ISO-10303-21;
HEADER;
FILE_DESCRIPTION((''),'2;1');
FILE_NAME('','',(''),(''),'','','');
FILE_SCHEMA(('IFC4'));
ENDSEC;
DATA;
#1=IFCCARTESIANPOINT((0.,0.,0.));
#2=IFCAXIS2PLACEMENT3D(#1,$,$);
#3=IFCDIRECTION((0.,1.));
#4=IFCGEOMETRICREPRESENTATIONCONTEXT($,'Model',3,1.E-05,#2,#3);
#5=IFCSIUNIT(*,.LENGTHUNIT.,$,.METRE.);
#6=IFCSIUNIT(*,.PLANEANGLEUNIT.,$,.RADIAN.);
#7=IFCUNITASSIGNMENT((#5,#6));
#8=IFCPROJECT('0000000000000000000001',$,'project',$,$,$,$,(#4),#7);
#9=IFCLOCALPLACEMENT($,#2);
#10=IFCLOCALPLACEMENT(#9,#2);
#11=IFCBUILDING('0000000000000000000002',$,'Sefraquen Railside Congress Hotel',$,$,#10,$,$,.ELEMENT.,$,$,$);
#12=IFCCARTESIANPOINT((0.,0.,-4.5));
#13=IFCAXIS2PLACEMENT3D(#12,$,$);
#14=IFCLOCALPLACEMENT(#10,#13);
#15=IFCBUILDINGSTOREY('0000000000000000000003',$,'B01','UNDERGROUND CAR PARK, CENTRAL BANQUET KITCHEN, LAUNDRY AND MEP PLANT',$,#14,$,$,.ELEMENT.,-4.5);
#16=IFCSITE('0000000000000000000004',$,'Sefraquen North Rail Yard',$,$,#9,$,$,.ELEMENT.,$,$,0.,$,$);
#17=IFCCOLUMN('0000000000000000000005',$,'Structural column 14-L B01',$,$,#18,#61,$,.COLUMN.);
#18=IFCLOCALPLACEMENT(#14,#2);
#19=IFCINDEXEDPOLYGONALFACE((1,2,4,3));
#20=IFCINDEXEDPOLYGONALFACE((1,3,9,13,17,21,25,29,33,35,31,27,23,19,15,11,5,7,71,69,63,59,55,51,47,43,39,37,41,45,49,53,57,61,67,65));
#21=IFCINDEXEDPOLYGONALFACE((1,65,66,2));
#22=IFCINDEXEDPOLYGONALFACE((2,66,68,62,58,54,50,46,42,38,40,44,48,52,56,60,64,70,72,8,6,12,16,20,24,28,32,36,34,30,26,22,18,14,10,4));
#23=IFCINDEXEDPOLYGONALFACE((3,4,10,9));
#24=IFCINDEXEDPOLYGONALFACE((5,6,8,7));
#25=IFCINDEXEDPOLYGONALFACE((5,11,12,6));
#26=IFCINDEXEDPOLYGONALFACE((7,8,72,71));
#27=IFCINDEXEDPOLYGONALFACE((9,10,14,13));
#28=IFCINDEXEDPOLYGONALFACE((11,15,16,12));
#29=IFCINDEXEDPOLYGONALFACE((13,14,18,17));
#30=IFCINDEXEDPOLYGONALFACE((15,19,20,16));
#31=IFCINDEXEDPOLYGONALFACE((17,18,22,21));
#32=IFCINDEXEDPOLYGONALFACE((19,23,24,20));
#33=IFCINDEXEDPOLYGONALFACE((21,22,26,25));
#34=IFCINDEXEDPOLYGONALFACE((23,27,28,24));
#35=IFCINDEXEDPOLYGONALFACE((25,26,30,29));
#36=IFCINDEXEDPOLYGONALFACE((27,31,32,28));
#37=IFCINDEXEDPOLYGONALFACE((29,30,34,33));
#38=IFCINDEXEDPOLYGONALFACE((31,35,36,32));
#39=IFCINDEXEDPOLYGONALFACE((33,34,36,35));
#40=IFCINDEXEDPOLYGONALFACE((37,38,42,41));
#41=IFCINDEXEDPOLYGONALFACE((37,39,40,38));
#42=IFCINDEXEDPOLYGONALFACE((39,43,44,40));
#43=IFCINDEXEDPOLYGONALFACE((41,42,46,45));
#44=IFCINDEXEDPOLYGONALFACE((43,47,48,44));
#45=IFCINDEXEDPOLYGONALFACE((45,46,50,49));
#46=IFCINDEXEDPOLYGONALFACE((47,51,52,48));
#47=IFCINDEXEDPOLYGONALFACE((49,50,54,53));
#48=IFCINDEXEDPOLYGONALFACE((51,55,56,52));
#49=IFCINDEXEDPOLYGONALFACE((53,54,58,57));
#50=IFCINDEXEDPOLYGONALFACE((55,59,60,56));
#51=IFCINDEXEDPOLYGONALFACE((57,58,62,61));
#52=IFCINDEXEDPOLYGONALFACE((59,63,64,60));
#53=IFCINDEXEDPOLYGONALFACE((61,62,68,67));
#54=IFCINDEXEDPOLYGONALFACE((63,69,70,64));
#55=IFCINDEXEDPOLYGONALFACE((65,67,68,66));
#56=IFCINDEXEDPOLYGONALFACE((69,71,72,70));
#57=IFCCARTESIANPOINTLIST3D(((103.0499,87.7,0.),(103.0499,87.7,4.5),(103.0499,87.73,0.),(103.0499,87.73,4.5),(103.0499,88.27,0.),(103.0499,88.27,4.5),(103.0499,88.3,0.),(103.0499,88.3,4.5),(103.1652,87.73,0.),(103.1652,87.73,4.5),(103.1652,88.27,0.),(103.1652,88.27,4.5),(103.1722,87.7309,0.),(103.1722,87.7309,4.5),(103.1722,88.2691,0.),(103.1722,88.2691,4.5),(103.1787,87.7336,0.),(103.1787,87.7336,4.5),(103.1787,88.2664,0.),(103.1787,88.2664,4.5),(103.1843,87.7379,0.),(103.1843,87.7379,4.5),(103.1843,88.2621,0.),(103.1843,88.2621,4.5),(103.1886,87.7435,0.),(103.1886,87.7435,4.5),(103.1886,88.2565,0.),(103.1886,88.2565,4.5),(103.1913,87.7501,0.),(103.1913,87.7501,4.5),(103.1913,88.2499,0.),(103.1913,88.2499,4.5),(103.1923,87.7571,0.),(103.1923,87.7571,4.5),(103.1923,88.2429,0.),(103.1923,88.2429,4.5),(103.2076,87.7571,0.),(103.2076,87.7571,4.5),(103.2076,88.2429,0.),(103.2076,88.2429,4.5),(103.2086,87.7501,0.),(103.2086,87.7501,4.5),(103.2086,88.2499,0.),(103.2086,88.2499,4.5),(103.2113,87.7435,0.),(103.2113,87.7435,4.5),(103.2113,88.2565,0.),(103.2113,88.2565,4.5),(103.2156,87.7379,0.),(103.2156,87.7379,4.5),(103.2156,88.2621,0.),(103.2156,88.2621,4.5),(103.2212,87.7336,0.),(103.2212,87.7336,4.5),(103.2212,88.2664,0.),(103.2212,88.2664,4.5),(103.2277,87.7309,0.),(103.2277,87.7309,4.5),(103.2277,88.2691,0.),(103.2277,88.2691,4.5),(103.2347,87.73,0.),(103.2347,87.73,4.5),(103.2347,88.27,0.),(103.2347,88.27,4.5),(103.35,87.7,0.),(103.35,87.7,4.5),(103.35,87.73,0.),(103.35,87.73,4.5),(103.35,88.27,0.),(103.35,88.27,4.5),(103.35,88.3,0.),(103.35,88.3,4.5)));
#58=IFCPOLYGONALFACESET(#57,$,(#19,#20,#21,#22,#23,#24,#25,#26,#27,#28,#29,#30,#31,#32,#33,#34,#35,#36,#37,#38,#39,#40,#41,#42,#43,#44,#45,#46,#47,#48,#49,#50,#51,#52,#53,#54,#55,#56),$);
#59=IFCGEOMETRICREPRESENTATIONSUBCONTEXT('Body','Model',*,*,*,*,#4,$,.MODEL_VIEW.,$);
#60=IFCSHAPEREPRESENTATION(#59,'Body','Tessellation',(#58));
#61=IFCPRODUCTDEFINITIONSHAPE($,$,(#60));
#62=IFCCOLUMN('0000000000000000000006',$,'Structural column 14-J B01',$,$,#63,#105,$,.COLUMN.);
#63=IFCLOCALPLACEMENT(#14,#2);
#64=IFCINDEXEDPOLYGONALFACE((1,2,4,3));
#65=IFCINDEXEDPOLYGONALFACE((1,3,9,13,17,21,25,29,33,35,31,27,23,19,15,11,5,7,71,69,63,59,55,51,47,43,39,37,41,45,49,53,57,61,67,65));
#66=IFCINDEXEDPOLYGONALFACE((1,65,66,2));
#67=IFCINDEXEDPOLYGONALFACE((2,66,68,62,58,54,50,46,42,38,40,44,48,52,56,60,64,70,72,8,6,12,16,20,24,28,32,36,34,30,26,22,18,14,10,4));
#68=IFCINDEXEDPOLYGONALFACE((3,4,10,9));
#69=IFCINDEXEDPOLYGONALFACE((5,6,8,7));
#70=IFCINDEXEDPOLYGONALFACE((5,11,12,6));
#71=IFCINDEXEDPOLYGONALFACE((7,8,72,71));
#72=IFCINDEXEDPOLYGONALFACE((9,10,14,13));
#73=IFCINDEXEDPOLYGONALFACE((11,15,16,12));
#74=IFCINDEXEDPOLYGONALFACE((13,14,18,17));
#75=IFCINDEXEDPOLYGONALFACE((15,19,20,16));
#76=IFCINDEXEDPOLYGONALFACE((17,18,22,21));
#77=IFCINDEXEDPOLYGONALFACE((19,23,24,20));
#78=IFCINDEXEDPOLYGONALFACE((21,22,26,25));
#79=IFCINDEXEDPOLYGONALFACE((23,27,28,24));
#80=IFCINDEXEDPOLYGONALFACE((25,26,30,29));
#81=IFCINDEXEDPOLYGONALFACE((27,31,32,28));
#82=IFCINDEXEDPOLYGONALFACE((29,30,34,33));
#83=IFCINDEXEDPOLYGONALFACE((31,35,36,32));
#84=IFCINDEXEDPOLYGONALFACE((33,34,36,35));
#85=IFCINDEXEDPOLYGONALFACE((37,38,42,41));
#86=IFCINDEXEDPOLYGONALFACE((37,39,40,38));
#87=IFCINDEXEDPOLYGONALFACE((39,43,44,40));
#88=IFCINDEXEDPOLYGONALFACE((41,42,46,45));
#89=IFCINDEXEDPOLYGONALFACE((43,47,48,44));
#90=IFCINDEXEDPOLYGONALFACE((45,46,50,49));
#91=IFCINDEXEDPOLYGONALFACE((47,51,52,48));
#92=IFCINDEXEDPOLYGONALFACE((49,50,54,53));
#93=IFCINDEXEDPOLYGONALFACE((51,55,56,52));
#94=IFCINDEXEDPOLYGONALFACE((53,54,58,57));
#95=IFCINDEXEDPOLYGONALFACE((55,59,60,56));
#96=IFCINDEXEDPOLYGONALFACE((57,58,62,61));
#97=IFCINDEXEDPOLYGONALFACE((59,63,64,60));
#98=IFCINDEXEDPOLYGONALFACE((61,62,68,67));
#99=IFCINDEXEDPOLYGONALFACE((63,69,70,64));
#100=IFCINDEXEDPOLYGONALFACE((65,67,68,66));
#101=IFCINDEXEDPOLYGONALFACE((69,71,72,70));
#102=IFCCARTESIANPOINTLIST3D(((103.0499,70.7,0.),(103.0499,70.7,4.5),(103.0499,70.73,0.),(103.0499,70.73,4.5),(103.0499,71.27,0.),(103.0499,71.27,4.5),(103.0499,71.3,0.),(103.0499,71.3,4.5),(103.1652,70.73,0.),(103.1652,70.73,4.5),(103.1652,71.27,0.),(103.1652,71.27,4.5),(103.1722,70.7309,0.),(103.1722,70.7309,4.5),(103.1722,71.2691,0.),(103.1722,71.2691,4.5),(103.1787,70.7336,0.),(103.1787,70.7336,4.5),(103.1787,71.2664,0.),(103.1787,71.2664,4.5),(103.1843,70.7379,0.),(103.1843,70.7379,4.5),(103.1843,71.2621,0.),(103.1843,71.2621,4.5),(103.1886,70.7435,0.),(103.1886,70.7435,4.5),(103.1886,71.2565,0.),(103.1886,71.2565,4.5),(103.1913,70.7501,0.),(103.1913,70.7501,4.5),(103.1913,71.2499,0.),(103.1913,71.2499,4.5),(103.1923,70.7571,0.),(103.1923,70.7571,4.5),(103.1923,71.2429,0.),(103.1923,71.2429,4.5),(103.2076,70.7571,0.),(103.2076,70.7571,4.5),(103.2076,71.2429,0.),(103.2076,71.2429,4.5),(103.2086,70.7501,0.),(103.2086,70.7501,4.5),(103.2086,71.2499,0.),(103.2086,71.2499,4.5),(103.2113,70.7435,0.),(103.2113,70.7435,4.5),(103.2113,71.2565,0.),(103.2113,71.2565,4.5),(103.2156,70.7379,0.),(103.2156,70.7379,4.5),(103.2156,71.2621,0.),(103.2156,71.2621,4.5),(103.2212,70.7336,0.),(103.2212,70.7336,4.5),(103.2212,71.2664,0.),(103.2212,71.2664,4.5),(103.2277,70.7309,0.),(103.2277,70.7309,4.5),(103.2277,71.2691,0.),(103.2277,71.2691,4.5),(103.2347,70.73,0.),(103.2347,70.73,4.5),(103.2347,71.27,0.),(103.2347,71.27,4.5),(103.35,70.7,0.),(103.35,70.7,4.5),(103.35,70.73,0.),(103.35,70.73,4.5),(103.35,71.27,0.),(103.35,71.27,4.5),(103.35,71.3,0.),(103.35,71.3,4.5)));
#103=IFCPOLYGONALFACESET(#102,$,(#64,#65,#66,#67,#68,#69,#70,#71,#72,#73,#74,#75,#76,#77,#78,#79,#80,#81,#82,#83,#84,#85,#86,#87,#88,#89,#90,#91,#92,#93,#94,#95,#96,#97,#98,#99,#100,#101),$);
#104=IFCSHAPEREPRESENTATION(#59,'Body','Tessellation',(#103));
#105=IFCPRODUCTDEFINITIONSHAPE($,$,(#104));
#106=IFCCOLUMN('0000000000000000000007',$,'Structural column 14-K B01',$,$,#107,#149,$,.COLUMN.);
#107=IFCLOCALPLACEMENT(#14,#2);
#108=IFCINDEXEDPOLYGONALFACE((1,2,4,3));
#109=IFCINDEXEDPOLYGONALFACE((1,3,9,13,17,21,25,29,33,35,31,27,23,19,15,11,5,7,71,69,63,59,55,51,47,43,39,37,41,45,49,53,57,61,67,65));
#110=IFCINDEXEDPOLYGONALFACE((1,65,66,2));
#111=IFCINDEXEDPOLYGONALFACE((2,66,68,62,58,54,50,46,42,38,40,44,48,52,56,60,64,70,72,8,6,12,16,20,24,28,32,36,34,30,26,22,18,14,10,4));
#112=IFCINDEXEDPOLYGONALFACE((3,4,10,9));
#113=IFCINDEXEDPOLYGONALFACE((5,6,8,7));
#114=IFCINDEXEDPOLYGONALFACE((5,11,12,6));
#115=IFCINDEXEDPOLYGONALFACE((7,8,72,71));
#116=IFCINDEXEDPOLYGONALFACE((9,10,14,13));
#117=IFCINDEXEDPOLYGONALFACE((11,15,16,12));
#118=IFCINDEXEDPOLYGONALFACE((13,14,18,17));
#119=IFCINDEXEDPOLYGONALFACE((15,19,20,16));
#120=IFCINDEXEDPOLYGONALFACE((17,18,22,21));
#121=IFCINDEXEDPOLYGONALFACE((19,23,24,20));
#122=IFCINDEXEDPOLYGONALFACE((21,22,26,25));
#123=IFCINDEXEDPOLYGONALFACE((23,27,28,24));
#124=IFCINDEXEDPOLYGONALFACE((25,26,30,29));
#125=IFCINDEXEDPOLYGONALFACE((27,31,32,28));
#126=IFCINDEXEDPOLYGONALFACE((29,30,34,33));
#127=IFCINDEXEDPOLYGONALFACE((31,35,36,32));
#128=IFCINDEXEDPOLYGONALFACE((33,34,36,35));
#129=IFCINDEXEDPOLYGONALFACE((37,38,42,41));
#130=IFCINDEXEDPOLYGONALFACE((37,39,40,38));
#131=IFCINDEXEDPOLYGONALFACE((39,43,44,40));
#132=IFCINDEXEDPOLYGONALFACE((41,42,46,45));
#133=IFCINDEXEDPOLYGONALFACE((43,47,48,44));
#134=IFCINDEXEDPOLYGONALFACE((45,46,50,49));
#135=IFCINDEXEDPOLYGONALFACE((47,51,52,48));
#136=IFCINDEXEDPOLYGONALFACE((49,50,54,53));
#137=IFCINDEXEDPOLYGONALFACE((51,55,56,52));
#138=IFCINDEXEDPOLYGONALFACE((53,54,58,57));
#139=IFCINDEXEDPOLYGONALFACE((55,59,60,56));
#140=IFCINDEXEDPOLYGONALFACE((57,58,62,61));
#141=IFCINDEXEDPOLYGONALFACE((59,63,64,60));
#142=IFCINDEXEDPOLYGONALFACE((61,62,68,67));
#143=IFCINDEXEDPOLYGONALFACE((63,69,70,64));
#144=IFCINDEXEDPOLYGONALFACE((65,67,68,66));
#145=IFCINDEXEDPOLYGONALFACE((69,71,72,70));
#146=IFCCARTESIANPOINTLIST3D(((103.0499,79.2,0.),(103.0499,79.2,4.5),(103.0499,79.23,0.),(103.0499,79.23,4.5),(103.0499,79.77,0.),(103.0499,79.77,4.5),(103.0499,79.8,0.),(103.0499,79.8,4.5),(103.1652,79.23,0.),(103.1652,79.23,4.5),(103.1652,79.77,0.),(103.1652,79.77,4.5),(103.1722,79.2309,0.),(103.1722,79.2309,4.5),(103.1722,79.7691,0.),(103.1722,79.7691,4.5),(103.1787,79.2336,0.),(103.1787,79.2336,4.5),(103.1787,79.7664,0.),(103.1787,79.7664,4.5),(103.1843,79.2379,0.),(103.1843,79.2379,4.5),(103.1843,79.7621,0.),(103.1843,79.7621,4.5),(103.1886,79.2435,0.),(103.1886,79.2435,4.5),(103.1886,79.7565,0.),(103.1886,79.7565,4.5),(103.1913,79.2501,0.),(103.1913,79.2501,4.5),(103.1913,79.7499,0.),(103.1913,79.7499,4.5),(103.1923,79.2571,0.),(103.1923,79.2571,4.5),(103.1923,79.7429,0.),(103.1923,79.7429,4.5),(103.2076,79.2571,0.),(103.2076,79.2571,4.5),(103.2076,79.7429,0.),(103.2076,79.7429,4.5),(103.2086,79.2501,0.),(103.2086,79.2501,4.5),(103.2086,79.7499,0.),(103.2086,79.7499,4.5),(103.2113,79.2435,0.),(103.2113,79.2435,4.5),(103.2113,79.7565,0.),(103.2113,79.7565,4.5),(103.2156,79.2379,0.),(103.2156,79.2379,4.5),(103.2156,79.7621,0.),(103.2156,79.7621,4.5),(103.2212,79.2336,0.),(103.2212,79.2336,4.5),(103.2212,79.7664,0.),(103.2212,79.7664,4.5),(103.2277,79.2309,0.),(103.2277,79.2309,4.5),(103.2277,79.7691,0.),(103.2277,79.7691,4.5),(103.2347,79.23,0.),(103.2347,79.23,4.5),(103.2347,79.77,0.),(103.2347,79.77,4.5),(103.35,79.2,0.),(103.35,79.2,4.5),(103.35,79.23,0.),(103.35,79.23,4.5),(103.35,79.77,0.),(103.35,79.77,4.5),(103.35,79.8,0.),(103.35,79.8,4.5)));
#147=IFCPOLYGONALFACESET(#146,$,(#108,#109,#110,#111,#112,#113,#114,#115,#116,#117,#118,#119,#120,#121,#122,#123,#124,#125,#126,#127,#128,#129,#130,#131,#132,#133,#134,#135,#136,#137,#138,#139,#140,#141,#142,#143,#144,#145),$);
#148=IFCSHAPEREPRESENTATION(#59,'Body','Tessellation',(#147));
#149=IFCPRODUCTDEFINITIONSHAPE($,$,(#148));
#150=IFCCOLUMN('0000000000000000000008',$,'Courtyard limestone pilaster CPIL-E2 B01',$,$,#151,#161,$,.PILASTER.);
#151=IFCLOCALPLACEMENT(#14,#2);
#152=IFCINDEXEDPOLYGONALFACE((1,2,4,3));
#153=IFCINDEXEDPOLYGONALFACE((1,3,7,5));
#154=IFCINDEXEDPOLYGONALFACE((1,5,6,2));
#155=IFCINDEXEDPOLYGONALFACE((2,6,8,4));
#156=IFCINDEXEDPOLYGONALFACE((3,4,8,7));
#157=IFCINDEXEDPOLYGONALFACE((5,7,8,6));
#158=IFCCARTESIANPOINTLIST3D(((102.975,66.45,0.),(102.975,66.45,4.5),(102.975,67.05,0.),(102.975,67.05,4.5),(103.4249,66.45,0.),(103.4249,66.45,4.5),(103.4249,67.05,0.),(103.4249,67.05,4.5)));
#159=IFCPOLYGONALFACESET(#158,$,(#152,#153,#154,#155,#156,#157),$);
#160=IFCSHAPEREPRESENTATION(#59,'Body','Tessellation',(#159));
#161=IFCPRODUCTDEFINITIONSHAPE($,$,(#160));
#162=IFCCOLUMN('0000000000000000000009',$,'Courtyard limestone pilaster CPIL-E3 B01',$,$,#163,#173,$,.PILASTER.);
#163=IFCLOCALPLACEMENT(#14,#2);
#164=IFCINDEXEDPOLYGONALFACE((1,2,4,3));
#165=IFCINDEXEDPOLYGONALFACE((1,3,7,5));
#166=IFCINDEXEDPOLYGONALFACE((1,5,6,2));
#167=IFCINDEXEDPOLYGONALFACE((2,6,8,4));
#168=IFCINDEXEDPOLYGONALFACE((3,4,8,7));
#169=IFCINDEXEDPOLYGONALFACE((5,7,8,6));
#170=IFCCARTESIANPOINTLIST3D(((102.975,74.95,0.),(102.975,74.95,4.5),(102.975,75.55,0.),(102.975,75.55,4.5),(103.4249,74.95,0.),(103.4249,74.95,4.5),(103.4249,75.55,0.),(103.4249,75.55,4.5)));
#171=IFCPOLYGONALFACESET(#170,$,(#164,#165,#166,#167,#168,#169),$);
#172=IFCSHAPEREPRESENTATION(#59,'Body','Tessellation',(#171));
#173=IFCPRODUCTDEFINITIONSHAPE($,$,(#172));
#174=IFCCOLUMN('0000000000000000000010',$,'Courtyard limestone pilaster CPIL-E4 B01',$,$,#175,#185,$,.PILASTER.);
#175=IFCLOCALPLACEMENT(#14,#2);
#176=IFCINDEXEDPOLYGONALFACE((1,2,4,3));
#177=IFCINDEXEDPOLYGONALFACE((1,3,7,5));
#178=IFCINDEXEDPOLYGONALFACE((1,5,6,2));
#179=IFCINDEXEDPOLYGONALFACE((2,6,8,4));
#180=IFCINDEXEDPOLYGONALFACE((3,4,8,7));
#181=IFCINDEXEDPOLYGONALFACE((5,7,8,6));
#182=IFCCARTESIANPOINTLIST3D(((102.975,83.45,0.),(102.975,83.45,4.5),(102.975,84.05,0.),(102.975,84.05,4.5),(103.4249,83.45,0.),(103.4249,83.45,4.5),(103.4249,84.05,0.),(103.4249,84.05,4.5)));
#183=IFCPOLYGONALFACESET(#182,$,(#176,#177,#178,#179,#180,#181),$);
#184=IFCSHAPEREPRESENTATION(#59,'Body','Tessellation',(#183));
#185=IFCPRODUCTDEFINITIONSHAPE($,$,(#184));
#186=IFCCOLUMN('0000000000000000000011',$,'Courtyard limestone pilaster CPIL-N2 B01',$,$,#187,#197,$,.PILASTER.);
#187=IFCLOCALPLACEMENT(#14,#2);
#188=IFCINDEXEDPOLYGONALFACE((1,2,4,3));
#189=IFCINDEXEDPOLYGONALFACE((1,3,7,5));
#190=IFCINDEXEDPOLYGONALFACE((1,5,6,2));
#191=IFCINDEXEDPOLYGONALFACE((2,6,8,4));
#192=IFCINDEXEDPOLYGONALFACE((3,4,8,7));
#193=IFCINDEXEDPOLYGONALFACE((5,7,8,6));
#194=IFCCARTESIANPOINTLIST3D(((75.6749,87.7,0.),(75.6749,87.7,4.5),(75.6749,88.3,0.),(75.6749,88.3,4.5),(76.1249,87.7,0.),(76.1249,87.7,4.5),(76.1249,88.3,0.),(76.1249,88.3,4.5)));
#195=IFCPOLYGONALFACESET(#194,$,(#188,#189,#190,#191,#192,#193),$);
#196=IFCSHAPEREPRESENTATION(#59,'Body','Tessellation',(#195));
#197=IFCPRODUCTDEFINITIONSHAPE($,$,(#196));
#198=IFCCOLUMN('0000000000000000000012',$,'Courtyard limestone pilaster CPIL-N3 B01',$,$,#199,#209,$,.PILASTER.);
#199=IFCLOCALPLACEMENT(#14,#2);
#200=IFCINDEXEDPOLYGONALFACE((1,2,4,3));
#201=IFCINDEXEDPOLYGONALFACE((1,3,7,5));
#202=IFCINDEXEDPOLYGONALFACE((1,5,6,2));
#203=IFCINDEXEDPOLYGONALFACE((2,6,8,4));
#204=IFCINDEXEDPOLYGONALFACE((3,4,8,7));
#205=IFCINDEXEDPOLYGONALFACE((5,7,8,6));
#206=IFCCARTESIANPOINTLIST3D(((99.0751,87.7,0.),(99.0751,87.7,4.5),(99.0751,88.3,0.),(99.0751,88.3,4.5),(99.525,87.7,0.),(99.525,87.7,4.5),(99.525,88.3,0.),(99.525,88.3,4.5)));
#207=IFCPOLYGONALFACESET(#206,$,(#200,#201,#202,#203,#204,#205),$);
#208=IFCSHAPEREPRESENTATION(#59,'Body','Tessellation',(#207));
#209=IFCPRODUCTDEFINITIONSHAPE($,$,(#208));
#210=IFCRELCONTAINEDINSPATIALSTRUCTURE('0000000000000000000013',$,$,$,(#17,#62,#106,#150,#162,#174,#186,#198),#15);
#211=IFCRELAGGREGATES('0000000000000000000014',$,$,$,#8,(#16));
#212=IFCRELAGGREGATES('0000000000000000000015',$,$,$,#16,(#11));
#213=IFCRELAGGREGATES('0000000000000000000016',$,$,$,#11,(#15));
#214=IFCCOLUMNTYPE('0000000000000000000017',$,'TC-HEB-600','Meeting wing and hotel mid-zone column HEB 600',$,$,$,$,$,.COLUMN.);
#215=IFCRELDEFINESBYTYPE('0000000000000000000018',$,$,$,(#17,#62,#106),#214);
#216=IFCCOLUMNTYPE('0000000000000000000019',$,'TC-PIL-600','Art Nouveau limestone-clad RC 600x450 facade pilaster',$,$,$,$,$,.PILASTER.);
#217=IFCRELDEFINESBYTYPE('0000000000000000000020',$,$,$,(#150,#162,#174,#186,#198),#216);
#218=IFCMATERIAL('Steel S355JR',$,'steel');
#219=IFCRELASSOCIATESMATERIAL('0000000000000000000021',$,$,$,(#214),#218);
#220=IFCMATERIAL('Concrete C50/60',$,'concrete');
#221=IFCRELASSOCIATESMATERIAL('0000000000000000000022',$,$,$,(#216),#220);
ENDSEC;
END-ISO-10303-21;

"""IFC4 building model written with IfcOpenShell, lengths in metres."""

from ifc_helpers import new_model, si_unit, direction, frame, origin, origin_2d, place, context, subcontext, project, spatial, rectangle, i_section, extrude, material, material_profile, profile_set, type_object, element, save


model = new_model("IFC4")

# Units and contexts
model_context = context("Model", 3, precision=1e-05, world=origin(), true_north=direction((0.0, 1.0)))
body_context = subcontext(model_context, "Body", "Model", "MODEL_VIEW")
ifc_project = project(units=[si_unit("LENGTHUNIT", "METRE"), si_unit("PLANEANGLEUNIT", "RADIAN")], contexts=[model_context])

# Site, building, storey
site_placement = place(None, origin())
site = spatial("IfcSite", under=ifc_project, at=site_placement, Name="Sefraquen North Rail Yard", CompositionType="ELEMENT", RefElevation=0.0)
building_placement = place(site_placement, origin())
building = spatial("IfcBuilding", under=site, at=building_placement, Name="Sefraquen Railside Congress Hotel", CompositionType="ELEMENT")
storey_placement = place(building_placement, frame((0.0, 0.0, -4.5)))
storey = spatial("IfcBuildingStorey", under=building, at=storey_placement, Name="B01", Description="UNDERGROUND CAR PARK, CENTRAL BANQUET KITCHEN, LAUNDRY AND MEP PLANT", CompositionType="ELEMENT", Elevation=-4.5)

# Columns
ifc_material_1 = material(Name="Steel S355JR", Category="steel")
ifc_material_profile_1 = material_profile(ifc_material_1, i_section(OverallWidth=0.3, OverallDepth=0.6001, WebThickness=0.0154, FlangeThickness=0.03, FilletRadius=0.0271, at=origin_2d()), Name="HEB 600")
ifc_profile_set_1 = profile_set([ifc_material_profile_1], Name="Steel S355JR")
column_type_1 = type_object("IfcColumnType", Name="TC-HEB-600", Description="Meeting wing and hotel mid-zone column HEB 600", PredefinedType="COLUMN", material=ifc_profile_set_1)
for number, where, z_axis, x_axis, name in (
    (1, (103.2, 88.0, 0.0), (0.0, 0.0, 1.0), (1.0, 0.0, 0.0), "Structural column 14-L B01"),
    (2, (103.2, 71.0, 0.0), (0.0, 0.0, 1.0), (1.0, 0.0, 0.0), "Structural column 14-J B01"),
    (3, (103.2, 79.5, 0.0), (0.0, 0.0, 1.0), (1.0, 0.0, 0.0), "Structural column 14-K B01"),
):
    element("IfcColumn", number, at=place(storey_placement, frame(where, z_axis=z_axis, x_axis=x_axis)), inside=storey, type_object=column_type_1, Name=name, PredefinedType="COLUMN", context=body_context, shape_type="SweptSolid", body=[
        extrude(i_section(OverallWidth=0.3, OverallDepth=0.6001, WebThickness=0.0154, FlangeThickness=0.03, FilletRadius=0.0271, at=origin_2d()), origin(), (0.0, 0.0, 1.0), 4.5),
    ])
ifc_material_2 = material(Name="Concrete C50/60", Category="concrete")
ifc_material_profile_2 = material_profile(ifc_material_2, rectangle(XDim=0.45, YDim=0.6001, at=origin_2d()), Name="RC 600x450")
ifc_profile_set_2 = profile_set([ifc_material_profile_2], Name="Concrete C50/60")
column_type_2 = type_object("IfcColumnType", Name="TC-PIL-600", Description="Art Nouveau limestone-clad RC 600x450 facade pilaster", PredefinedType="PILASTER", material=ifc_profile_set_2)
for number, where, z_axis, x_axis, name in (
    (4, (103.2, 66.75, 0.0), (0.0, 0.0, 1.0), (1.0, 0.0, 0.0), "Courtyard limestone pilaster CPIL-E2 B01"),
    (5, (103.2, 75.25, 0.0), (0.0, 0.0, 1.0), (1.0, 0.0, 0.0), "Courtyard limestone pilaster CPIL-E3 B01"),
    (6, (103.2, 83.75, 0.0), (0.0, 0.0, 1.0), (1.0, 0.0, 0.0), "Courtyard limestone pilaster CPIL-E4 B01"),
    (7, (75.8999, 88.0, 0.0), (0.0, 0.0, 1.0), (1.0, 0.0, 0.0), "Courtyard limestone pilaster CPIL-N2 B01"),
    (8, (99.3, 88.0, 0.0), (0.0, 0.0, 1.0), (1.0, 0.0, 0.0), "Courtyard limestone pilaster CPIL-N3 B01"),
):
    element("IfcColumn", number, at=place(storey_placement, frame(where, z_axis=z_axis, x_axis=x_axis)), inside=storey, type_object=column_type_2, Name=name, PredefinedType="PILASTER", context=body_context, shape_type="SweptSolid", body=[
        extrude(rectangle(XDim=0.45, YDim=0.6001, at=origin_2d()), origin(), (0.0, 0.0, 1.0), 4.5),
    ])

save(model, "model.ifc")
